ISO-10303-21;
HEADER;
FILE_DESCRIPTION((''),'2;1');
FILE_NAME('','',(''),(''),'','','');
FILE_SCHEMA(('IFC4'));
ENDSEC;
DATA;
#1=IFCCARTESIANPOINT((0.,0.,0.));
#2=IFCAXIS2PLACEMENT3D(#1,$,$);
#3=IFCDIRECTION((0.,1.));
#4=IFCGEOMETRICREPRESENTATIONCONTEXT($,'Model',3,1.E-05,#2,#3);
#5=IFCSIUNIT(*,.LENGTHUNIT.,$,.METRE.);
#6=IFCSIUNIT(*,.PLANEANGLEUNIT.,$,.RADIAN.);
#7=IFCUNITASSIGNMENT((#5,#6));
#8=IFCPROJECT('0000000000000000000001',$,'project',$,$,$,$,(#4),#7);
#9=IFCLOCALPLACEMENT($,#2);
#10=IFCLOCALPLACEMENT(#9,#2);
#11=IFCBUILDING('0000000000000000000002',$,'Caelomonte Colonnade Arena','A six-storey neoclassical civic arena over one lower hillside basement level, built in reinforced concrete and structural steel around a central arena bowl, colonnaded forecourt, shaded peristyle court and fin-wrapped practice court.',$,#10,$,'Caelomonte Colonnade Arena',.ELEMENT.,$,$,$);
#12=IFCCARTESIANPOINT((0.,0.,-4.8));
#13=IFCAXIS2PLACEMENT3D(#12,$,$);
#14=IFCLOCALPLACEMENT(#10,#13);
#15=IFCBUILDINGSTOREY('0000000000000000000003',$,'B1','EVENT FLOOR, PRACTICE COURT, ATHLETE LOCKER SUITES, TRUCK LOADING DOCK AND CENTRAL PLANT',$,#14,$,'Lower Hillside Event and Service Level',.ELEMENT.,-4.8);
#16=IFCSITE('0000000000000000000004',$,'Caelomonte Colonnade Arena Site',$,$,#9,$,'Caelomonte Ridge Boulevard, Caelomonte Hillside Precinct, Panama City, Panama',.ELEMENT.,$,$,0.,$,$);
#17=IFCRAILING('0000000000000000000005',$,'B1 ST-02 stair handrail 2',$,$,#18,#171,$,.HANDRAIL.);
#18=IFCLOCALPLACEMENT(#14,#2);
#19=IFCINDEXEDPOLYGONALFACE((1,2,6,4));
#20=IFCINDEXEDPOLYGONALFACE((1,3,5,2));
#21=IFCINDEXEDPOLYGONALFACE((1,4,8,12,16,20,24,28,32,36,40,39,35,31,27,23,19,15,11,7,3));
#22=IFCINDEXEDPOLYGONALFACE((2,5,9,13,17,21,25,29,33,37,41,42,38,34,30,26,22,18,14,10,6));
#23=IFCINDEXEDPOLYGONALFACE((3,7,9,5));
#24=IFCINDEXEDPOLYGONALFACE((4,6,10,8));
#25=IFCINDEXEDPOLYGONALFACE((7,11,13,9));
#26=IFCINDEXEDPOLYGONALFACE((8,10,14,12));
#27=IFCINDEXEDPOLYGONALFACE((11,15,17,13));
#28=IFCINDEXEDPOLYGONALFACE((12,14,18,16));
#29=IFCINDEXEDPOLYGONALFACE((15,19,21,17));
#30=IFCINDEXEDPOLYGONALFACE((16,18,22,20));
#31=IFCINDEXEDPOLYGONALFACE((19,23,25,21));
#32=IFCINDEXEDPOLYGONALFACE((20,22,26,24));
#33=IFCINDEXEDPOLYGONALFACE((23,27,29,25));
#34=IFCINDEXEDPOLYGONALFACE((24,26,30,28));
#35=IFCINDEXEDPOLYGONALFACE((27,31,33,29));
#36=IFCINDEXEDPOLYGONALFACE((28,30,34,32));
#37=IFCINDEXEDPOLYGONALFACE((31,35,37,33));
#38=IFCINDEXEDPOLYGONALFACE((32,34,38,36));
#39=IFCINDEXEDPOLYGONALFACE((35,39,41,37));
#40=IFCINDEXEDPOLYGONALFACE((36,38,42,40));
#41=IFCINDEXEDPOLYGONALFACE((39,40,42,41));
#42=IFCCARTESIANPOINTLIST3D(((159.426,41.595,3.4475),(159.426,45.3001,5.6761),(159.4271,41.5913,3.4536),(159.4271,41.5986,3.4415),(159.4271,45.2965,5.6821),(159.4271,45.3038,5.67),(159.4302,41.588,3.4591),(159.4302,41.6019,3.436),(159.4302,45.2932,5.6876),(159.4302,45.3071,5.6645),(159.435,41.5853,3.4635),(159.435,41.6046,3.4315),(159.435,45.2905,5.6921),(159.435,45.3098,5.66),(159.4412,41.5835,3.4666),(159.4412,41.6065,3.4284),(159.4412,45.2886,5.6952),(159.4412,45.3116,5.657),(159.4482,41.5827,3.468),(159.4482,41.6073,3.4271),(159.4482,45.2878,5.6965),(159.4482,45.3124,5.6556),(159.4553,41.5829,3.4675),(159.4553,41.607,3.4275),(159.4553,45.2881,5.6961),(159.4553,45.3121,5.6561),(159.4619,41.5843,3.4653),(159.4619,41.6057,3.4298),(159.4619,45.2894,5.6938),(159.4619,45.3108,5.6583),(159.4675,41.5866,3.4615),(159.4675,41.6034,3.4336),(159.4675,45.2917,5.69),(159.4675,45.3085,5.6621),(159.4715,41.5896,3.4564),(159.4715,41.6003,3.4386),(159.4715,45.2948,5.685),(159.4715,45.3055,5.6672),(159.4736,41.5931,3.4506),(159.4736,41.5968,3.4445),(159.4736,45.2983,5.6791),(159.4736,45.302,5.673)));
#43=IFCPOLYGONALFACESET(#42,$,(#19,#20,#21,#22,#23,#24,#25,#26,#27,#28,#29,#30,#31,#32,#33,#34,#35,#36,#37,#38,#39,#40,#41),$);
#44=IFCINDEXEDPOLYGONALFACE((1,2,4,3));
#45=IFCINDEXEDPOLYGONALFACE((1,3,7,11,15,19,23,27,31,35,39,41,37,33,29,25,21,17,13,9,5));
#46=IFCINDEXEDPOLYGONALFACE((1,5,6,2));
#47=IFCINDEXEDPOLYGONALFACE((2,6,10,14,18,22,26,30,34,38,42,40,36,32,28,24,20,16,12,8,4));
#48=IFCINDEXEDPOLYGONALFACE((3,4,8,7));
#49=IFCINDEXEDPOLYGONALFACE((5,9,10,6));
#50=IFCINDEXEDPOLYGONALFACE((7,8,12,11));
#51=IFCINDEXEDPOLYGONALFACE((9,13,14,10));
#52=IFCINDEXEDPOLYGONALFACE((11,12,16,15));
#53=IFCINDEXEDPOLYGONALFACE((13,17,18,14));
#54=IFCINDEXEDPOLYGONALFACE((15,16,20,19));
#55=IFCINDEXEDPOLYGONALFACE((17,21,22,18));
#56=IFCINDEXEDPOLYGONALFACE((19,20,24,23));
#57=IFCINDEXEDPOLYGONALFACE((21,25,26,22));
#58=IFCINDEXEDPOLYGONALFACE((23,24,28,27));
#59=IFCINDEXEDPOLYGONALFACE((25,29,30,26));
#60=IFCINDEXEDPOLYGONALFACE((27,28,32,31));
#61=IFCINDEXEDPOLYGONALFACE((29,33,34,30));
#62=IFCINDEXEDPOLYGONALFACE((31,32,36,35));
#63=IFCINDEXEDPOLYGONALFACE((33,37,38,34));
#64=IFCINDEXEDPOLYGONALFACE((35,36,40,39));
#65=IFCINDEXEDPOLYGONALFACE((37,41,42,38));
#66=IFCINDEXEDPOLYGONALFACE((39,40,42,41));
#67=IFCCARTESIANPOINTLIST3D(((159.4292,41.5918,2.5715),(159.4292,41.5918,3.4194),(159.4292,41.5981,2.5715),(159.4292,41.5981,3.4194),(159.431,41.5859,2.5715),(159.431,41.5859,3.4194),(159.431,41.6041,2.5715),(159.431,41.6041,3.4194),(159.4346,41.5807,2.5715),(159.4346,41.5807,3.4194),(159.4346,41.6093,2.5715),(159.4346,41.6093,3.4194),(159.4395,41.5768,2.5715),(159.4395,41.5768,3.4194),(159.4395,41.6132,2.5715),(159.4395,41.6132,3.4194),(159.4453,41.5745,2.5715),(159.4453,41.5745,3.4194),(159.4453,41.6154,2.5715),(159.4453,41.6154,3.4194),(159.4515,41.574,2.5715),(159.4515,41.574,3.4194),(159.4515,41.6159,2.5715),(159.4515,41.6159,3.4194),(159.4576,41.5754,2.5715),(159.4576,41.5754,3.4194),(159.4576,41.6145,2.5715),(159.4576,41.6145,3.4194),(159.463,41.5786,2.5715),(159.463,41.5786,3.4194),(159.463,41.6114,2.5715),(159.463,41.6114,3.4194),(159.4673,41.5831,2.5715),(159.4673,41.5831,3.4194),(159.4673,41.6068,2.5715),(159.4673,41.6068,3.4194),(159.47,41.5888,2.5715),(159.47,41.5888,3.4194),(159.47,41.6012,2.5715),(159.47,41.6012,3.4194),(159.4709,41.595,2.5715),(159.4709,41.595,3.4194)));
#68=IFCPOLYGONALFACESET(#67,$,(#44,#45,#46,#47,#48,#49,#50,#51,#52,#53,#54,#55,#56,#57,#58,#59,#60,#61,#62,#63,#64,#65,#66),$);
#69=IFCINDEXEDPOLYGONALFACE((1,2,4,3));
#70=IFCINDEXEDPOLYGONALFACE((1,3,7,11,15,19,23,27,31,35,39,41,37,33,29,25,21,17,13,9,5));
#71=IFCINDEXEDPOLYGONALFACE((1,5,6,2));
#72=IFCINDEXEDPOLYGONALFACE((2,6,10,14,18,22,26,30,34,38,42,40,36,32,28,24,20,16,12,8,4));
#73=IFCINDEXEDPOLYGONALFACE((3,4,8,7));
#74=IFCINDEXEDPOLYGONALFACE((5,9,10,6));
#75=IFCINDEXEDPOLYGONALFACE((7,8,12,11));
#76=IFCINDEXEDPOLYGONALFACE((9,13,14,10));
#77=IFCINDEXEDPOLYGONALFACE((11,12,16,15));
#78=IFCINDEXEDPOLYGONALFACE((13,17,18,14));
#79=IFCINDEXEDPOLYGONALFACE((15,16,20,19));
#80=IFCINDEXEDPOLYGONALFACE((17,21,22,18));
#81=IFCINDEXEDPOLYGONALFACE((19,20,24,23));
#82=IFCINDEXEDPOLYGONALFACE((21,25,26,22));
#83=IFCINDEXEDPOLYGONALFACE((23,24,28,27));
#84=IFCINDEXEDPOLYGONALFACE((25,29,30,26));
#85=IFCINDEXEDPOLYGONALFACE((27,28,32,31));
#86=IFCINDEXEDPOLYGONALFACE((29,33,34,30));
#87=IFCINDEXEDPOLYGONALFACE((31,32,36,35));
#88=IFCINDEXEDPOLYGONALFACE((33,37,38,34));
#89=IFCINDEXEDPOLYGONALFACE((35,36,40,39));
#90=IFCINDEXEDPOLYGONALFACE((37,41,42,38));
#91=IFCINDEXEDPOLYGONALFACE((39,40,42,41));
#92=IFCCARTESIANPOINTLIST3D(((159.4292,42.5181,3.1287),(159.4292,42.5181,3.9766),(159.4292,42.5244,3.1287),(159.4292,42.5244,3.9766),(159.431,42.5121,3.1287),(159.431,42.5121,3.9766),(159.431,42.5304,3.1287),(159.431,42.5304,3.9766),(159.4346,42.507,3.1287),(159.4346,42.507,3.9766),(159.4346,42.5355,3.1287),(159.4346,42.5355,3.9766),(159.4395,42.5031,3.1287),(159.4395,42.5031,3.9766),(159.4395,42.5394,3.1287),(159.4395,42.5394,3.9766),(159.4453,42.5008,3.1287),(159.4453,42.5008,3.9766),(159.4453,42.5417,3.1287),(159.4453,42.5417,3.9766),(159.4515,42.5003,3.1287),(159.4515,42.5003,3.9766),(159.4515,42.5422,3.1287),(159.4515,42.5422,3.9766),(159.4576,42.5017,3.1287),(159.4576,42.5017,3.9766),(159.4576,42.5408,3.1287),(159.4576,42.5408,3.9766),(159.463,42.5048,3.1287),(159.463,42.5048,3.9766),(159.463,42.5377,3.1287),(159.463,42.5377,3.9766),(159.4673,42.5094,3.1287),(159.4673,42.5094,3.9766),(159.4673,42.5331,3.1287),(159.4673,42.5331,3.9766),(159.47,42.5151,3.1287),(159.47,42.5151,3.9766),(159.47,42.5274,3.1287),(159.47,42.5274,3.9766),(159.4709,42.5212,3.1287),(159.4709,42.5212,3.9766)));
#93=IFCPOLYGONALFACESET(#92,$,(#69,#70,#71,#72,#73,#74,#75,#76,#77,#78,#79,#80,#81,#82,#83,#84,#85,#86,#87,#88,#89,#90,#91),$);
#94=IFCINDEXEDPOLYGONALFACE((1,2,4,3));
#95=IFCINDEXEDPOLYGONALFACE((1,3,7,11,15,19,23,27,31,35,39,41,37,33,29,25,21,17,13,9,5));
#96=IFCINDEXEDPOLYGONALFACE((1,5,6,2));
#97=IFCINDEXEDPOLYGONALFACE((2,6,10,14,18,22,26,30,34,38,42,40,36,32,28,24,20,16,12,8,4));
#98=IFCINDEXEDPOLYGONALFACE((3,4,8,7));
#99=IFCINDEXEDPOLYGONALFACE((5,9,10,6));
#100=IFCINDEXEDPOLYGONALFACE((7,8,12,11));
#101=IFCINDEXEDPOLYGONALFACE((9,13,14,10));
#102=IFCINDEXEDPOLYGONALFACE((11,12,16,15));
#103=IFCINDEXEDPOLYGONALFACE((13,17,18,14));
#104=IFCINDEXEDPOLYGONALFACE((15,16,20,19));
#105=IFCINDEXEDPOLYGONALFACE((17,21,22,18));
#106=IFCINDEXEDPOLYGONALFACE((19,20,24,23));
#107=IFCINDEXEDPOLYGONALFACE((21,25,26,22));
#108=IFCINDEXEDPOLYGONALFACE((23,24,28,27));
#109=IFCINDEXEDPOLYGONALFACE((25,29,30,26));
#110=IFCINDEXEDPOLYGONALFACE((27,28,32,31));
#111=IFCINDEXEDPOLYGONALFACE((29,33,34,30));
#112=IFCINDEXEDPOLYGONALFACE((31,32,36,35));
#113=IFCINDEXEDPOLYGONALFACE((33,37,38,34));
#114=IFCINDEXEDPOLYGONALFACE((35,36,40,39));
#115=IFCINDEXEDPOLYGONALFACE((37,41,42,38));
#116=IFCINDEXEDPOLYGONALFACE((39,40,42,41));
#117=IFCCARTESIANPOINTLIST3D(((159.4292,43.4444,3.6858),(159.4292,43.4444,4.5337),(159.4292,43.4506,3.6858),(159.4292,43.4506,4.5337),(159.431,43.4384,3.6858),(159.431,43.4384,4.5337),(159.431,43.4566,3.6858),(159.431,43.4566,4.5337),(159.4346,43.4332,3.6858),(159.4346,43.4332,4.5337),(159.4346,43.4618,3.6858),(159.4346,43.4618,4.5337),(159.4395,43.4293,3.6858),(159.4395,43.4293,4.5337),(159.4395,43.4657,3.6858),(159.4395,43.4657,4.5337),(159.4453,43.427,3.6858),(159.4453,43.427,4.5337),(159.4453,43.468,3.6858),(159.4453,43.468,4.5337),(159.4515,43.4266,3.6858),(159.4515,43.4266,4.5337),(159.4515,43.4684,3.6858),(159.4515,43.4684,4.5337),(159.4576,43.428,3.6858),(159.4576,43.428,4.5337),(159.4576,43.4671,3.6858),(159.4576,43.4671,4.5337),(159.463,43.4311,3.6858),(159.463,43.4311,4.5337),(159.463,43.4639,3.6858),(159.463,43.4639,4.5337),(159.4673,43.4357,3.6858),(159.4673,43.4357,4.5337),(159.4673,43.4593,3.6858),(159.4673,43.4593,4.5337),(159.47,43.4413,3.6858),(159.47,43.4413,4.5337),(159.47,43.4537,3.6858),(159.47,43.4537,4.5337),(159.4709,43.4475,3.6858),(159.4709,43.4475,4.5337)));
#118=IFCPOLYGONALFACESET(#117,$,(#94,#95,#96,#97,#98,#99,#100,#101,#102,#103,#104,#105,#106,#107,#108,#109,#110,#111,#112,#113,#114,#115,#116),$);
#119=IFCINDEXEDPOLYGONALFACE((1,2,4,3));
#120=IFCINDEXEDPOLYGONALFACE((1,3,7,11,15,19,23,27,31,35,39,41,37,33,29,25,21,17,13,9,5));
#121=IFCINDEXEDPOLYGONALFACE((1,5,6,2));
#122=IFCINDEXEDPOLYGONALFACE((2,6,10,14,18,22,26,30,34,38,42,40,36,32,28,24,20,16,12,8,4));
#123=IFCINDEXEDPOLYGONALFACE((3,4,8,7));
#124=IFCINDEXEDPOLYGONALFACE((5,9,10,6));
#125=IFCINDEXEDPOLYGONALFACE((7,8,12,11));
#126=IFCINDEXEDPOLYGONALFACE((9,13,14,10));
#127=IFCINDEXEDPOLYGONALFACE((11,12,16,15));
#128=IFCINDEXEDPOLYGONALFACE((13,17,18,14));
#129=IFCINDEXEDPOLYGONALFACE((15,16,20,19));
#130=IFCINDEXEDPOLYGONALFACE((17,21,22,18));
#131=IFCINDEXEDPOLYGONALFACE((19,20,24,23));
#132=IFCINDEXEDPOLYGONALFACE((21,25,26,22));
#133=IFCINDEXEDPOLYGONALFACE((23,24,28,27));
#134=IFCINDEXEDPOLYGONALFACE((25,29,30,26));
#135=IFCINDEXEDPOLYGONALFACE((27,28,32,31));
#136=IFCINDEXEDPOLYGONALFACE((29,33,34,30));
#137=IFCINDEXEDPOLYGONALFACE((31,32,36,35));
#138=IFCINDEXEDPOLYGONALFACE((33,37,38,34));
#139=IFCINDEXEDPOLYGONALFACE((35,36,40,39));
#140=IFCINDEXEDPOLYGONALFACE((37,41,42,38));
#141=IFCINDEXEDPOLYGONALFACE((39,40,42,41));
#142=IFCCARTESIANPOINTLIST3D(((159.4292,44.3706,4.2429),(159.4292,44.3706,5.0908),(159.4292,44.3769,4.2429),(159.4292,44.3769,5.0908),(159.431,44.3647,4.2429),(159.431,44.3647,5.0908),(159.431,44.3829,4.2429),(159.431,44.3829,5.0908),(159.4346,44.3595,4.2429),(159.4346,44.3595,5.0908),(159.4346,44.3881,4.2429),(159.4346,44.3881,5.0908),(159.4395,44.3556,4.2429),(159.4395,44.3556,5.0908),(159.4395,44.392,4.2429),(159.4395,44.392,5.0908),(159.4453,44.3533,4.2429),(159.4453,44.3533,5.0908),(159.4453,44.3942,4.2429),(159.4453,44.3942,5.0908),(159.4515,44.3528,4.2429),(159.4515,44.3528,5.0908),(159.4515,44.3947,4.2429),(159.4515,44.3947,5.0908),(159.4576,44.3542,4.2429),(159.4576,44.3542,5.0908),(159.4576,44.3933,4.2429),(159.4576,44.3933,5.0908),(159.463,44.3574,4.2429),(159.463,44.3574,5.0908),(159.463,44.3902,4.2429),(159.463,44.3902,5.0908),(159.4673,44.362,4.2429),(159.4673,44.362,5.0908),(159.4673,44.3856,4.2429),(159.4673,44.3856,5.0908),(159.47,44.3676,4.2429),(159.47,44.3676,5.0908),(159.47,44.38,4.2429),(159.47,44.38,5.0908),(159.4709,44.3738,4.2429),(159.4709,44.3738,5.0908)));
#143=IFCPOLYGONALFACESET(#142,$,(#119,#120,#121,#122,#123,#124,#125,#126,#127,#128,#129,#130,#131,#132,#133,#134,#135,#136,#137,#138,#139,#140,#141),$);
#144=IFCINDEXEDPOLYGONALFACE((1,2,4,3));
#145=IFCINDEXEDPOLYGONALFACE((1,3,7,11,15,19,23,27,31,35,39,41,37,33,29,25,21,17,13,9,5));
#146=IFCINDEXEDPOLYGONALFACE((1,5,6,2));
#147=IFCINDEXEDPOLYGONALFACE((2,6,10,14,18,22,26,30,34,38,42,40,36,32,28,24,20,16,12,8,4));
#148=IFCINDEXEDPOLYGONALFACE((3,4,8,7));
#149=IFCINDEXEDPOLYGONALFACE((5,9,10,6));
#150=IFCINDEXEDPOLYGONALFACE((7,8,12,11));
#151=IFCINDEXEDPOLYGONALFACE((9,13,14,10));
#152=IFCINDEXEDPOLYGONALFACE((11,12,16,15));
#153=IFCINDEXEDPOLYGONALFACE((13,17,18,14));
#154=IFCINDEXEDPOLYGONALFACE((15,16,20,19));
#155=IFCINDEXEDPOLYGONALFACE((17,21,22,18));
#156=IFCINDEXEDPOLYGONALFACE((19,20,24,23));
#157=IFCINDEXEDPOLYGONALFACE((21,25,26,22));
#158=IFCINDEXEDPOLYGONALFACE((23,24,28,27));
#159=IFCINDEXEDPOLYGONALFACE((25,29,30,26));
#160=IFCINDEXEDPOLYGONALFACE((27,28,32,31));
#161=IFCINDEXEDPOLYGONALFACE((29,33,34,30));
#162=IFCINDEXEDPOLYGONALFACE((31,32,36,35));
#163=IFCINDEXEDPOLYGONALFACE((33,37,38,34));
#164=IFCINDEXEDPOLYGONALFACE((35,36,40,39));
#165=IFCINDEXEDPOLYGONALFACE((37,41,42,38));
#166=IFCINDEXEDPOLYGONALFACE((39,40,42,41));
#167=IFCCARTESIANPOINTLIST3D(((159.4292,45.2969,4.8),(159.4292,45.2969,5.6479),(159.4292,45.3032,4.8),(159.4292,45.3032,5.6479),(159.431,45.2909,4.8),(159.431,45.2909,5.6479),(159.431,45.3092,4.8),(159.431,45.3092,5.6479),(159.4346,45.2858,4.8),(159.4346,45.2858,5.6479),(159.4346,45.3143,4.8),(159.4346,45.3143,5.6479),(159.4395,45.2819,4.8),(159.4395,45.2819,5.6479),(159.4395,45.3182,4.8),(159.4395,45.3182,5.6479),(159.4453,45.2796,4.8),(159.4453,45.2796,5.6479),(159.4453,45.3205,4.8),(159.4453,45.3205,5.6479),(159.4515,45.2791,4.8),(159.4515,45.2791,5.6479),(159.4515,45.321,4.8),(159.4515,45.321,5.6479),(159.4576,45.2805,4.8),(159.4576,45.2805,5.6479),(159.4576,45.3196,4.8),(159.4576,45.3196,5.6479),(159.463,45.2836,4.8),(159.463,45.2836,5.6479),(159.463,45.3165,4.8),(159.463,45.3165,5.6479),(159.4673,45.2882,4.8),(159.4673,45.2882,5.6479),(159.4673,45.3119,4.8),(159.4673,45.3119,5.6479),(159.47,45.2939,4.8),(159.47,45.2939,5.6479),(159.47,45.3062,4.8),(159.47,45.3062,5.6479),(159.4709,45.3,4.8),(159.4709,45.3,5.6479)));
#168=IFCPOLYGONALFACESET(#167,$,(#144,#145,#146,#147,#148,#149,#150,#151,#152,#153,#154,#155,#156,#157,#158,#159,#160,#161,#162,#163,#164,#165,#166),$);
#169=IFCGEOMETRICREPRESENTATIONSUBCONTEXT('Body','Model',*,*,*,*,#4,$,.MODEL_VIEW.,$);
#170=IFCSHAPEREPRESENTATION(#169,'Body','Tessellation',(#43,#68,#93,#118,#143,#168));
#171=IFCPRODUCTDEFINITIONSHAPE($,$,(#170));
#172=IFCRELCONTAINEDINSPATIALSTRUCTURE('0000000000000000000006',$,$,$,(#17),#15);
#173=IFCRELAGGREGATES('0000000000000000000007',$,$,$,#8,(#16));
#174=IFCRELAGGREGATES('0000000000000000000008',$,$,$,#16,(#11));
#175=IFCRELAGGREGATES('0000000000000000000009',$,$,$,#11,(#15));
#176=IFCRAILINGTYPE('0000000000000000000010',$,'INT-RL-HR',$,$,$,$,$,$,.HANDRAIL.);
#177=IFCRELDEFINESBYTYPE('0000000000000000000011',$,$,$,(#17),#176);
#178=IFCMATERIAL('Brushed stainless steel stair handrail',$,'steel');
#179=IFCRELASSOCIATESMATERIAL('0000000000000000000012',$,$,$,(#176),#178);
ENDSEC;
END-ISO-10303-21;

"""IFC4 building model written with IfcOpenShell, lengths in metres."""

from ifc_helpers import new_model, si_unit, direction, frame, origin, origin_2d, place, context, subcontext, project, spatial, circle, extrude, material, type_object, element, save


model = new_model("IFC4")

# Units and contexts
model_context = context("Model", 3, precision=1e-05, world=origin(), true_north=direction((0.0, 1.0)))
body_context = subcontext(model_context, "Body", "Model", "MODEL_VIEW")
ifc_project = project(units=[si_unit("LENGTHUNIT", "METRE"), si_unit("PLANEANGLEUNIT", "RADIAN")], contexts=[model_context])

# Site, building, storey
site_placement = place(None, origin())
site = spatial("IfcSite", under=ifc_project, at=site_placement, Name="Caelomonte Colonnade Arena Site", LongName="Caelomonte Ridge Boulevard, Caelomonte Hillside Precinct, Panama City, Panama", CompositionType="ELEMENT", RefElevation=0.0)
building_placement = place(site_placement, origin())
building = spatial("IfcBuilding", under=site, at=building_placement, Name="Caelomonte Colonnade Arena", Description="A six-storey neoclassical civic arena over one lower hillside basement level, built in reinforced concrete and structural steel around a central arena bowl, colonnaded forecourt, shaded peristyle court and fin-wrapped practice court.", LongName="Caelomonte Colonnade Arena", CompositionType="ELEMENT")
storey_placement = place(building_placement, frame((0.0, 0.0, -4.8)))
storey = spatial("IfcBuildingStorey", under=building, at=storey_placement, Name="B1", Description="EVENT FLOOR, PRACTICE COURT, ATHLETE LOCKER SUITES, TRUCK LOADING DOCK AND CENTRAL PLANT", LongName="Lower Hillside Event and Service Level", CompositionType="ELEMENT", Elevation=-4.8)

# Railing
ifc_material_1 = material(Name="Brushed stainless steel stair handrail", Category="steel")
railing_type = type_object("IfcRailingType", Name="INT-RL-HR", PredefinedType="HANDRAIL", material=ifc_material_1)
railing_placement = place(storey_placement, frame((159.45, 41.595, 2.5715)))
element("IfcRailing", 1, at=railing_placement, inside=storey, type_object=railing_type, Name="B1 ST-02 stair handrail 2", PredefinedType="HANDRAIL", context=body_context, shape_type="SweptSolid", body=[
    extrude(circle(Radius=0.0239, at=origin_2d()), frame((0.0, 0.0, 0.876), z_axis=(0.0, 0.856934, 0.515425), x_axis=(-1.0, 0.0, 0.0)), (0.0, 0.0, 1.0), 4.3237),
    extrude(circle(Radius=0.021, at=origin_2d()), origin(), (0.0, 0.0, 1.0), 0.8479),
    extrude(circle(Radius=0.021, at=origin_2d()), frame((0.0, 0.9263, 0.5571)), (0.0, 0.0, 1.0), 0.8479),
    extrude(circle(Radius=0.021, at=origin_2d()), frame((0.0, 1.8525, 1.1143)), (0.0, 0.0, 1.0), 0.8479),
    extrude(circle(Radius=0.021, at=origin_2d()), frame((0.0, 2.7788, 1.6714)), (0.0, 0.0, 1.0), 0.8479),
    extrude(circle(Radius=0.021, at=origin_2d()), frame((0.0, 3.7051, 2.2285)), (0.0, 0.0, 1.0), 0.8479),
])

save(model, "model.ifc")
